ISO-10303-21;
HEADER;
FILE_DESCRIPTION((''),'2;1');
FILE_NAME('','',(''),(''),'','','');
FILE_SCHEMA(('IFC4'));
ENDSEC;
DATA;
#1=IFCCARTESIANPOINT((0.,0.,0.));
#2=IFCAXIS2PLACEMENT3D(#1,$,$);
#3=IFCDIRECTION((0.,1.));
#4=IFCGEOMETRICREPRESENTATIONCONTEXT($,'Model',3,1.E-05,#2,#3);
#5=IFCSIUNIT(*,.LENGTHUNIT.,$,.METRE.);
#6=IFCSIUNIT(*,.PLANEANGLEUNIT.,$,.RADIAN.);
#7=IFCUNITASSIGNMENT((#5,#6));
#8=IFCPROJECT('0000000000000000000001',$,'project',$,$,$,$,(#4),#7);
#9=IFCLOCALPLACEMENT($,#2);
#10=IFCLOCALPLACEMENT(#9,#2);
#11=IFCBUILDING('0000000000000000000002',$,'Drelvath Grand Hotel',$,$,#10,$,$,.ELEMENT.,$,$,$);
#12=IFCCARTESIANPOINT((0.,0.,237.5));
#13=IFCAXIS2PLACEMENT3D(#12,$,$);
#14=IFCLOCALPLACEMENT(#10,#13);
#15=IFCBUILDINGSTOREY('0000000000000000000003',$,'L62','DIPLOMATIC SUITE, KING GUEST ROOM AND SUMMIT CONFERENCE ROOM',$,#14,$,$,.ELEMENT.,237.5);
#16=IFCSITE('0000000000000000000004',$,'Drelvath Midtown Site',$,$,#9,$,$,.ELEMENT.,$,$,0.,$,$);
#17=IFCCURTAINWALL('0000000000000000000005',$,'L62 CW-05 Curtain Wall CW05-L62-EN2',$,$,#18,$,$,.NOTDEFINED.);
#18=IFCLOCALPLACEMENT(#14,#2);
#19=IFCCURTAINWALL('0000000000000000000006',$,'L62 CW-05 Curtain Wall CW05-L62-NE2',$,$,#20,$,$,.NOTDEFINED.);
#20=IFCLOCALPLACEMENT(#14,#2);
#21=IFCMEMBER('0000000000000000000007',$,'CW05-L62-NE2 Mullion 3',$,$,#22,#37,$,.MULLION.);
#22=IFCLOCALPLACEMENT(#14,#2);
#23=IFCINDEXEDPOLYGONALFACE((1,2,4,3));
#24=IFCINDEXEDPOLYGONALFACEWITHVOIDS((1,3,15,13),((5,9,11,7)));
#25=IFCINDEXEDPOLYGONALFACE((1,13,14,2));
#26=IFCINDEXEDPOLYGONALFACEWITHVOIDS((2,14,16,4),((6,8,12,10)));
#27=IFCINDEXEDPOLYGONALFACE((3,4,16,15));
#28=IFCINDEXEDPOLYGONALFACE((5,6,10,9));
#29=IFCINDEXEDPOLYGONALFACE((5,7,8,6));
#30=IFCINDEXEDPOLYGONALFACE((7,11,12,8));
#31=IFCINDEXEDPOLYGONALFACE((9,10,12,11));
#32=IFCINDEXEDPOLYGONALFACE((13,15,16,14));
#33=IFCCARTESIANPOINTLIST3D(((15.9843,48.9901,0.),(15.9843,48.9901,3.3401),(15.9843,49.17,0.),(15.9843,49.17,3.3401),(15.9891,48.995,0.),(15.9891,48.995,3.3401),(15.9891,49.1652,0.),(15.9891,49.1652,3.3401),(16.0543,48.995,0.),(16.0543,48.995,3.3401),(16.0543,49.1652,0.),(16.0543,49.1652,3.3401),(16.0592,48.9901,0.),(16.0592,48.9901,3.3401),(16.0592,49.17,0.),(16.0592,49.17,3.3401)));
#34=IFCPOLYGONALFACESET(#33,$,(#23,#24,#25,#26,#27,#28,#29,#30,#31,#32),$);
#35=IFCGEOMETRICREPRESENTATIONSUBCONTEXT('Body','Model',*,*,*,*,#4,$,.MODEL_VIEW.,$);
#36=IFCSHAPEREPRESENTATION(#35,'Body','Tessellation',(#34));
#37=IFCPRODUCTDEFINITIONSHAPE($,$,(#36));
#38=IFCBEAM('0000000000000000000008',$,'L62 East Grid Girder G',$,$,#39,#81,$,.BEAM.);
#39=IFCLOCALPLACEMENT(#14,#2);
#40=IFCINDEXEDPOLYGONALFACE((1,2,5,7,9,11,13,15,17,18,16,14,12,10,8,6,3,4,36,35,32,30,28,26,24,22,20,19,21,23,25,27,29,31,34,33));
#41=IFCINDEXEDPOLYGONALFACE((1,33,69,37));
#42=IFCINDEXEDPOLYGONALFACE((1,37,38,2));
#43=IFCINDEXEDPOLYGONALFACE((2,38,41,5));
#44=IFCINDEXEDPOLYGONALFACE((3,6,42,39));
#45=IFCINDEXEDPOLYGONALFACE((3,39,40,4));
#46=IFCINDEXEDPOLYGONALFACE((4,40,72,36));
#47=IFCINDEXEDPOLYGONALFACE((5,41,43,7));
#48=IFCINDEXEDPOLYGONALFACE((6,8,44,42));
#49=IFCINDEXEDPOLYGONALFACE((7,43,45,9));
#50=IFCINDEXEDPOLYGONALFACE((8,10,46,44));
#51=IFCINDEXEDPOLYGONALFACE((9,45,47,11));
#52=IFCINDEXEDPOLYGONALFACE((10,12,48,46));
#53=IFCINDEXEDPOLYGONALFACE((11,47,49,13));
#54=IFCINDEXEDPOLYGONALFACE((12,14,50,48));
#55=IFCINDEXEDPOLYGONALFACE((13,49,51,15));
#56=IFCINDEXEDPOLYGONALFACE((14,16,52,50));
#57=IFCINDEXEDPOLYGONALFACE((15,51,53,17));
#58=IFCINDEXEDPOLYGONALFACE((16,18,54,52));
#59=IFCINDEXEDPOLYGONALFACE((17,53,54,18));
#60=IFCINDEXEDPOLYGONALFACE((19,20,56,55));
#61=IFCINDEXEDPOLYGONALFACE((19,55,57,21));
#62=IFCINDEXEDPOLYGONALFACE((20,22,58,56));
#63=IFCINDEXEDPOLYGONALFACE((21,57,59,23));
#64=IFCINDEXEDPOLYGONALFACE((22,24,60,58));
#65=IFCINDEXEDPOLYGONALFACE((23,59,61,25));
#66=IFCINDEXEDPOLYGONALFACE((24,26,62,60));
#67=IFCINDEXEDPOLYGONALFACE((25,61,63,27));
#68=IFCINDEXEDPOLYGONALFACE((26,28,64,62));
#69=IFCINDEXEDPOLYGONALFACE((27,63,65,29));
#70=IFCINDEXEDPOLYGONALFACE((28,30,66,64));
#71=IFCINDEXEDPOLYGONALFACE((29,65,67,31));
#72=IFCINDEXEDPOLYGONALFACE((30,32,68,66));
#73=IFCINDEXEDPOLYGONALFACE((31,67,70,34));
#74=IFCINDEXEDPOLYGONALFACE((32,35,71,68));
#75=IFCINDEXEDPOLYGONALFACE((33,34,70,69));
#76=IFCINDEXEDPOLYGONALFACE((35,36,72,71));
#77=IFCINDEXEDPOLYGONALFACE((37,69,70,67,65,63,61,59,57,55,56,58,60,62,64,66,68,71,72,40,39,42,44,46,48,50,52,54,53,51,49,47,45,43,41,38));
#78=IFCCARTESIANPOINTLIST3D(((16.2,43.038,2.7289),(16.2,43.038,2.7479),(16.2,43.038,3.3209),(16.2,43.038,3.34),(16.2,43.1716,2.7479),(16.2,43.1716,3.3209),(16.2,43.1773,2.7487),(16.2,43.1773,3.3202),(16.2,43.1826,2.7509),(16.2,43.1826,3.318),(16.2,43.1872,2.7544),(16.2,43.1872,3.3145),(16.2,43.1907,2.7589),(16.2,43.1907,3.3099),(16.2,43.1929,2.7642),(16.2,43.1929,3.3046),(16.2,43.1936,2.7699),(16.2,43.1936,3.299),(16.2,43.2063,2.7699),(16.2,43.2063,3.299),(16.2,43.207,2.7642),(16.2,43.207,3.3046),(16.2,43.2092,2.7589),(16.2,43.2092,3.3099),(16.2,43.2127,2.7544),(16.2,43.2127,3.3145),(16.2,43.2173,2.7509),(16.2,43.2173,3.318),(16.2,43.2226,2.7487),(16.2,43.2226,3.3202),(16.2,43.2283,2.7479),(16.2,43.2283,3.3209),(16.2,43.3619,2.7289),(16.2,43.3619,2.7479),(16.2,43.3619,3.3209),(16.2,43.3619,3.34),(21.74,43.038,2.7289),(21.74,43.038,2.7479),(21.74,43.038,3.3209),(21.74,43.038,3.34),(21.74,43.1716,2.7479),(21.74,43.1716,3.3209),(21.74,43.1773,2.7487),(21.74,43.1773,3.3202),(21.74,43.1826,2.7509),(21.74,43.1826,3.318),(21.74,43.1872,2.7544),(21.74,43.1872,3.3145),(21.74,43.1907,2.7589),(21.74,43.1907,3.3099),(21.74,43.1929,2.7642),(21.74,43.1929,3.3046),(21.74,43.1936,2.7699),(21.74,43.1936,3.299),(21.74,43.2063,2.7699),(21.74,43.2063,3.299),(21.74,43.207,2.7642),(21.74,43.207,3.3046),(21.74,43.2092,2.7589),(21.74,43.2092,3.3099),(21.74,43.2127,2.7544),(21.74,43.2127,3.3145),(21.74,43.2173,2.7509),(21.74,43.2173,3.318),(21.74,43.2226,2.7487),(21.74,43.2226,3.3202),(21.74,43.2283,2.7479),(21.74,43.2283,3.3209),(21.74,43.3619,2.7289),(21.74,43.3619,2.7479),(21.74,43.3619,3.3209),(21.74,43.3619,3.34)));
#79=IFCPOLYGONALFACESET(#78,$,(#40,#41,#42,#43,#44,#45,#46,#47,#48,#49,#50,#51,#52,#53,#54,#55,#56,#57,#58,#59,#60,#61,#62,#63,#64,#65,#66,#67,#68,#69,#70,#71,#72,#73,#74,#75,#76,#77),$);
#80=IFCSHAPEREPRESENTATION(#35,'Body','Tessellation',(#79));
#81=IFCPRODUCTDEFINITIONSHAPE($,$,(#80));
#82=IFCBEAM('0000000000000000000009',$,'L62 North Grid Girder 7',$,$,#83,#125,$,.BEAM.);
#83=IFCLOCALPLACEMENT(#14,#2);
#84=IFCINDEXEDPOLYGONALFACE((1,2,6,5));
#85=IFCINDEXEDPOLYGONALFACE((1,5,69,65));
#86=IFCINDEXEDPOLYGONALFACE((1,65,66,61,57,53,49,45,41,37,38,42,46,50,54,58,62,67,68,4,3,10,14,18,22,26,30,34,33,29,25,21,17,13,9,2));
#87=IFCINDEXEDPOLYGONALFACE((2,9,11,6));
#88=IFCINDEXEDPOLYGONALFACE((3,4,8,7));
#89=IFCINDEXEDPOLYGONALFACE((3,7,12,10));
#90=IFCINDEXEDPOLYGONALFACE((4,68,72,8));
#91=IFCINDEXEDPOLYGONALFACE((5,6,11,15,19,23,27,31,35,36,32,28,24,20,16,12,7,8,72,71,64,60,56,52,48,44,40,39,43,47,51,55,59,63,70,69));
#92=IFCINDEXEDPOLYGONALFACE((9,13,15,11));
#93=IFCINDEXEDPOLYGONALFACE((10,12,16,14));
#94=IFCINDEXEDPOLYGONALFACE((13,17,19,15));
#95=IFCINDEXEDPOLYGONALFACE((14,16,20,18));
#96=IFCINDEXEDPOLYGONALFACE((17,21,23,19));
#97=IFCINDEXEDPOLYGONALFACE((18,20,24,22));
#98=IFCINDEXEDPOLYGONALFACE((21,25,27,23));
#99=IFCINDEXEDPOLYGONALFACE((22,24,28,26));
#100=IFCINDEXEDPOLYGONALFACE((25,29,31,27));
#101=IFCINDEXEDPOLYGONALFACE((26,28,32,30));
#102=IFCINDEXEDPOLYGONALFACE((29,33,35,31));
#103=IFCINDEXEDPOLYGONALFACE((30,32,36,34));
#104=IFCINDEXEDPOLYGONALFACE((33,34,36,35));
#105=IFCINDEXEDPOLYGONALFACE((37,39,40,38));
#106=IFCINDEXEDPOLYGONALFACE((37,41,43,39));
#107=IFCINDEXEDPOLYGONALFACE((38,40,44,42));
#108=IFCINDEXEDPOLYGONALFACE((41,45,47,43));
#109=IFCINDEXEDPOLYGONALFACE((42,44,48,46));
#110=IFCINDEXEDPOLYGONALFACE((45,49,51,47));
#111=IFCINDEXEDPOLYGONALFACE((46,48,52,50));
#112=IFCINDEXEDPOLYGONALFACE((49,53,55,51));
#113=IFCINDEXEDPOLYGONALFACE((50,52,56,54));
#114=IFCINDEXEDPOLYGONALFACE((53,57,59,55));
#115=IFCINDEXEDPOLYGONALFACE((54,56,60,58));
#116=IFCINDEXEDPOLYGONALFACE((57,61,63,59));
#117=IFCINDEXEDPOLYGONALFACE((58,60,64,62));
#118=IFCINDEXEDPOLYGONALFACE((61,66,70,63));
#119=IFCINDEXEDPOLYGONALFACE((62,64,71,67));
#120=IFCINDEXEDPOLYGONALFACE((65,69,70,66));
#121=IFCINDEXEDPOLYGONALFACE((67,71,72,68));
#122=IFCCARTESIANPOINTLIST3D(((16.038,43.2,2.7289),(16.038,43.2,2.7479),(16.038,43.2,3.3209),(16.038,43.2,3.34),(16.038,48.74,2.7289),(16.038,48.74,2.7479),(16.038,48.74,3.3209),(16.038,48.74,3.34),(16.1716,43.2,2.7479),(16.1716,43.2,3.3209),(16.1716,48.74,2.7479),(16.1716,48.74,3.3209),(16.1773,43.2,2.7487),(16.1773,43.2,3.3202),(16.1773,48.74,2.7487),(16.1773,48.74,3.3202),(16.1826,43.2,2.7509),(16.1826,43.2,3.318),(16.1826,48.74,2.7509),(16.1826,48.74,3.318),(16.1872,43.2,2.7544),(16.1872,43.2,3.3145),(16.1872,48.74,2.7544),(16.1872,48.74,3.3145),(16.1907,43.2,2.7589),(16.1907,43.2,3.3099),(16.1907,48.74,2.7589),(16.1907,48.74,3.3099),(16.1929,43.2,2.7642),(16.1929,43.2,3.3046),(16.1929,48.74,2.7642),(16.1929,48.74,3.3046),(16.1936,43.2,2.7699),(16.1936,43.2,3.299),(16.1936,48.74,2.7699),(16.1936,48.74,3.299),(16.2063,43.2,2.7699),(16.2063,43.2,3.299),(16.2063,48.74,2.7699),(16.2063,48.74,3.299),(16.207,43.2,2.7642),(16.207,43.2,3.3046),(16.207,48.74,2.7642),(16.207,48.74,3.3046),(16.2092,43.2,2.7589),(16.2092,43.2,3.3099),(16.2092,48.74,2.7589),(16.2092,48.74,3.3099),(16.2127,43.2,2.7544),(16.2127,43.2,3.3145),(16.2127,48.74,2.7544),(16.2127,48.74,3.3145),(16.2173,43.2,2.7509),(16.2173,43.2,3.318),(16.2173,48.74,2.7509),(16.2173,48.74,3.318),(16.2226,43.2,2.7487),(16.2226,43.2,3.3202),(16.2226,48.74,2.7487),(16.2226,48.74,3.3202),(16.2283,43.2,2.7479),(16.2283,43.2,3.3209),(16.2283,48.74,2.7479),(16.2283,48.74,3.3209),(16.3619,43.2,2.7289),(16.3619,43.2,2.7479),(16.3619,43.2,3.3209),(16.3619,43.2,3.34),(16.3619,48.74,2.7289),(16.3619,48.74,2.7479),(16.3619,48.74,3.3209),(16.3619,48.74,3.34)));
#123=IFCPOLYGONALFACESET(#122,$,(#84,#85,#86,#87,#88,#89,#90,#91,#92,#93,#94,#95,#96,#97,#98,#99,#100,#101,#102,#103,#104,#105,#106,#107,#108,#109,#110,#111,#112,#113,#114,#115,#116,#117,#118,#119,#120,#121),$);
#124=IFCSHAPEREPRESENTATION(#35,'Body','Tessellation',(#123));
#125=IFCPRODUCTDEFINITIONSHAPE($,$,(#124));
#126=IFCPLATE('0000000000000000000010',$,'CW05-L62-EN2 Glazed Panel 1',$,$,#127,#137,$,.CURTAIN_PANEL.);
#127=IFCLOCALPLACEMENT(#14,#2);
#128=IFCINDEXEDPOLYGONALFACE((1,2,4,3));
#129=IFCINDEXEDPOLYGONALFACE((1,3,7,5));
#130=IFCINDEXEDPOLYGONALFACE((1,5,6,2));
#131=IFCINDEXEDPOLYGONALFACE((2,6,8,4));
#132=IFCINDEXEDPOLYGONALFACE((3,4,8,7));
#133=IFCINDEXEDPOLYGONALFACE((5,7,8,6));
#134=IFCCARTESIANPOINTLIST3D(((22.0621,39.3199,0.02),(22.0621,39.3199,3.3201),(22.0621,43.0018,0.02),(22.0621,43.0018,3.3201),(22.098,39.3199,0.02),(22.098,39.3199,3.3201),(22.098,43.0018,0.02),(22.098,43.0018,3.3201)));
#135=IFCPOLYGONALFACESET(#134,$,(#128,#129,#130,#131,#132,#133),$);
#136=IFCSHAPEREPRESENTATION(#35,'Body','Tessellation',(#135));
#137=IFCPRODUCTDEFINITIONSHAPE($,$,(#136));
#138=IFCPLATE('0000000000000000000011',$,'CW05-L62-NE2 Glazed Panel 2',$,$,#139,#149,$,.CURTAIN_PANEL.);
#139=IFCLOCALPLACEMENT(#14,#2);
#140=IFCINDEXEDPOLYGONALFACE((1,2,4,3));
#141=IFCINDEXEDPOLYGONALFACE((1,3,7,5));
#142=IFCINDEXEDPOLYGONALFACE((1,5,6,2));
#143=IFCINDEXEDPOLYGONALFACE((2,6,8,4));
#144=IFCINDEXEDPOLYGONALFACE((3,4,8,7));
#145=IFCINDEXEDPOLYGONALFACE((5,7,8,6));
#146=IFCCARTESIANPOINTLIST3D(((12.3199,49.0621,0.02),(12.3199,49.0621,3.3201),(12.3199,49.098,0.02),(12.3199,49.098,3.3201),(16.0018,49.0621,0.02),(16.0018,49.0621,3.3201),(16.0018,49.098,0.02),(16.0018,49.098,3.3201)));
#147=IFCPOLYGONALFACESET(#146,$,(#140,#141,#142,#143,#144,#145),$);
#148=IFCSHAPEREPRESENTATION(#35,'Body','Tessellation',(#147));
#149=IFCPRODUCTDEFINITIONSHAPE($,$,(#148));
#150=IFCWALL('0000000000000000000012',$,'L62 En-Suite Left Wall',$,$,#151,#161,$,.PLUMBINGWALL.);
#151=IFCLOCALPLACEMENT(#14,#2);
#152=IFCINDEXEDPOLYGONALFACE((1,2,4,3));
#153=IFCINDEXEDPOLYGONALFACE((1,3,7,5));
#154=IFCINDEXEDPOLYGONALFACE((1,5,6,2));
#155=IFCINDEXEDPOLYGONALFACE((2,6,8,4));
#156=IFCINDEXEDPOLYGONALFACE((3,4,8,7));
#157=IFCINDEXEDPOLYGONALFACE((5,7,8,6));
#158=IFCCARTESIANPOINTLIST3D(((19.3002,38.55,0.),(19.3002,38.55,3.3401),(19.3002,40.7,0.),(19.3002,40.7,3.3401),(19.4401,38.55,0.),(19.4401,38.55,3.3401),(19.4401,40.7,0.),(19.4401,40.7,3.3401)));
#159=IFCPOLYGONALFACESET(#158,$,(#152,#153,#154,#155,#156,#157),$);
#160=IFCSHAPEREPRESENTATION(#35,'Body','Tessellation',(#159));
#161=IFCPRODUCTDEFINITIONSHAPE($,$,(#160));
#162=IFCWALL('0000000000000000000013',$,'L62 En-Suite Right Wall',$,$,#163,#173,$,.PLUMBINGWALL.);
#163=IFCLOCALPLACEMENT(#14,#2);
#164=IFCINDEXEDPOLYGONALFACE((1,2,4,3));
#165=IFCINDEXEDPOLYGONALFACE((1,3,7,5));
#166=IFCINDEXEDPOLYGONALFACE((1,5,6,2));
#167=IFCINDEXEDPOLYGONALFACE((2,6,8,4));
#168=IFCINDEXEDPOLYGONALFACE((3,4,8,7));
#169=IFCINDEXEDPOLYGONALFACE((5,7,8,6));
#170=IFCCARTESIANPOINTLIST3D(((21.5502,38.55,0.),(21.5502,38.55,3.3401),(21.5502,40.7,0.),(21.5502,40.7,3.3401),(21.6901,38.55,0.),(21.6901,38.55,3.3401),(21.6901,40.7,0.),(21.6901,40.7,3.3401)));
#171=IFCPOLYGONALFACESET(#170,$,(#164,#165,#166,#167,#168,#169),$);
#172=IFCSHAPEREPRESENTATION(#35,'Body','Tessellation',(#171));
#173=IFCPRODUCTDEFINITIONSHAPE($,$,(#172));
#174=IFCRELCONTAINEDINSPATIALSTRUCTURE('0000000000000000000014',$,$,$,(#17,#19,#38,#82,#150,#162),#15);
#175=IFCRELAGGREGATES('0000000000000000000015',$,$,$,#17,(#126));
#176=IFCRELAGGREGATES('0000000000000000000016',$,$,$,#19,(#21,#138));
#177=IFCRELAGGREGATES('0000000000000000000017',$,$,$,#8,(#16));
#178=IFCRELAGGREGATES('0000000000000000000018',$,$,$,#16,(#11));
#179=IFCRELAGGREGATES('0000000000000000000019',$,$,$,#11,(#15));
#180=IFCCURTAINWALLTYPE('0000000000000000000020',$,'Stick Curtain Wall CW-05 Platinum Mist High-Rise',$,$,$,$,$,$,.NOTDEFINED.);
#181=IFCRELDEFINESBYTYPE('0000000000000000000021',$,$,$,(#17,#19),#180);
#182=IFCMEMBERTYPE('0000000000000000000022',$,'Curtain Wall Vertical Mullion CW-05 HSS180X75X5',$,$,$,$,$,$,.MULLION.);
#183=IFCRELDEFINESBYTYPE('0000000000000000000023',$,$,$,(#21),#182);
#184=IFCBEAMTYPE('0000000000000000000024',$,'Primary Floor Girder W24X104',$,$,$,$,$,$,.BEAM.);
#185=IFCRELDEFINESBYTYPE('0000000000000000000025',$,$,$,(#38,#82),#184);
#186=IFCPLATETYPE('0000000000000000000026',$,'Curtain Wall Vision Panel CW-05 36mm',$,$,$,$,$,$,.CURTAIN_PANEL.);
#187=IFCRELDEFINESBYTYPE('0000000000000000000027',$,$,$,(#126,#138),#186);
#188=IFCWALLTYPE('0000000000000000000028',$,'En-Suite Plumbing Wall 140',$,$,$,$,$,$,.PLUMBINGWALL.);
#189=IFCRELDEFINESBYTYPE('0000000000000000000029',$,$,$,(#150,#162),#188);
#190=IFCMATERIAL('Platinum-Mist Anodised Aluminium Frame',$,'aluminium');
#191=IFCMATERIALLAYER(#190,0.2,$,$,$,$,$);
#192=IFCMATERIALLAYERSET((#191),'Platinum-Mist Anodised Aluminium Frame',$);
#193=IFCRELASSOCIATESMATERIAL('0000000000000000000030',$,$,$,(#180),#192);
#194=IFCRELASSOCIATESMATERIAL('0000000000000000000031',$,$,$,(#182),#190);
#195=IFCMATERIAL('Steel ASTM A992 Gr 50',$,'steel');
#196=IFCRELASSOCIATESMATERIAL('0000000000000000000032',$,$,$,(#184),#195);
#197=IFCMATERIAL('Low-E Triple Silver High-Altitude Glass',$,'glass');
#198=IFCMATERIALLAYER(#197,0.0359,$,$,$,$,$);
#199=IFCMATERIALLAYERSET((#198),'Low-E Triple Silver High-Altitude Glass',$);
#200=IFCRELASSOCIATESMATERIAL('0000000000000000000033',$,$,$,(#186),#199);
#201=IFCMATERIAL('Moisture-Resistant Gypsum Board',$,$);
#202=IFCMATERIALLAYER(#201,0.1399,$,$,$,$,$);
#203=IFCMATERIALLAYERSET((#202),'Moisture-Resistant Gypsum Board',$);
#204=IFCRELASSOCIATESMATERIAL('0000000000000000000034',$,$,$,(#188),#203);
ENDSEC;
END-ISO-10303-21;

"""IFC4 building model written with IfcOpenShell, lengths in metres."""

from ifc_helpers import new_model, si_unit, direction, frame, frame_2d, origin, origin_2d, place, context, subcontext, project, spatial, rectangle, hollow_rectangle, i_section, extrude, material, layer, layer_set, material_profile, profile_set, type_object, element, aggregate, save


model = new_model("IFC4")

# Units and contexts
model_context = context("Model", 3, precision=1e-05, world=origin(), true_north=direction((0.0, 1.0)))
body_context = subcontext(model_context, "Body", "Model", "MODEL_VIEW")
ifc_project = project(units=[si_unit("LENGTHUNIT", "METRE"), si_unit("PLANEANGLEUNIT", "RADIAN")], contexts=[model_context])

# Site, building, storey
site_placement = place(None, origin())
site = spatial("IfcSite", under=ifc_project, at=site_placement, Name="Drelvath Midtown Site", CompositionType="ELEMENT", RefElevation=0.0)
building_placement = place(site_placement, origin())
building = spatial("IfcBuilding", under=site, at=building_placement, Name="Drelvath Grand Hotel", CompositionType="ELEMENT")
storey_placement = place(building_placement, frame((0.0, 0.0, 237.5)))
storey = spatial("IfcBuildingStorey", under=building, at=storey_placement, Name="L62", Description="DIPLOMATIC SUITE, KING GUEST ROOM AND SUMMIT CONFERENCE ROOM", CompositionType="ELEMENT", Elevation=237.5)

# Curtain walls, member
ifc_material_1 = material(Name="Platinum-Mist Anodised Aluminium Frame", Category="aluminium")
ifc_layer_1 = layer(ifc_material_1, 0.2)
ifc_layer_set_1 = layer_set([ifc_layer_1], Name="Platinum-Mist Anodised Aluminium Frame")
curtain_wall_type = type_object("IfcCurtainWallType", Name="Stick Curtain Wall CW-05 Platinum Mist High-Rise", PredefinedType="NOTDEFINED", material=ifc_layer_set_1)
curtain_wall_1_placement = place(storey_placement, origin())
curtain_wall_1 = element("IfcCurtainWall", 1, at=curtain_wall_1_placement, inside=storey, type_object=curtain_wall_type, Name="L62 CW-05 Curtain Wall CW05-L62-EN2", PredefinedType="NOTDEFINED")
ifc_material_profile_1 = material_profile(ifc_material_1, hollow_rectangle(XDim=0.075, YDim=0.1799, WallThickness=0.0049, at=origin_2d()), Name="HSS180X75X5")
ifc_profile_set_1 = profile_set([ifc_material_profile_1], Name="Platinum-Mist Anodised Aluminium Frame")
member_type_1 = type_object("IfcMemberType", Name="Curtain Wall Vertical Mullion CW-05 HSS180X75X5", PredefinedType="MULLION", material=ifc_profile_set_1)
curtain_wall_2_placement = place(storey_placement, origin())
curtain_wall_2 = element("IfcCurtainWall", 2, at=curtain_wall_2_placement, inside=storey, type_object=curtain_wall_type, Name="L62 CW-05 Curtain Wall CW05-L62-NE2", PredefinedType="NOTDEFINED")
member_1_placement = place(storey_placement, frame((16.0217, 49.0801, 0.0), z_axis=(0.0, 0.0, 1.0), x_axis=(1.0, 0.0, 0.0)))
member_1 = element("IfcMember", 3, at=member_1_placement, type_object=member_type_1, Name="CW05-L62-NE2 Mullion 3", PredefinedType="MULLION", context=body_context, shape_type="SweptSolid", body=[
    extrude(hollow_rectangle(XDim=0.075, YDim=0.1799, WallThickness=0.0049, at=origin_2d()), origin(), (0.0, 0.0, 1.0), 3.3401),
])

# Beams
ifc_material_2 = material(Name="Steel ASTM A992 Gr 50", Category="steel")
ifc_material_profile_2 = material_profile(ifc_material_2, i_section(OverallWidth=0.324, OverallDepth=0.6111, WebThickness=0.0127, FlangeThickness=0.019, FilletRadius=0.022, at=origin_2d()), Name="W24X104")
ifc_profile_set_2 = profile_set([ifc_material_profile_2], Name="Steel ASTM A992 Gr 50")
beam_type = type_object("IfcBeamType", Name="Primary Floor Girder W24X104", PredefinedType="BEAM", material=ifc_profile_set_2)
for number, where, z_axis, x_axis, name in (
    (4, (16.2, 43.2, 3.0344), (1.0, 0.0, 0.0), (0.0, 1.0, 0.0), "L62 East Grid Girder G"),
    (5, (16.2, 43.2, 3.0344), (0.0, 1.0, 0.0), (-1.0, 0.0, 0.0), "L62 North Grid Girder 7"),
):
    element("IfcBeam", number, at=place(storey_placement, frame(where, z_axis=z_axis, x_axis=x_axis)), inside=storey, type_object=beam_type, Name=name, PredefinedType="BEAM", context=body_context, shape_type="SweptSolid", body=[
        extrude(i_section(OverallWidth=0.324, OverallDepth=0.6111, WebThickness=0.0127, FlangeThickness=0.019, FilletRadius=0.022, at=origin_2d()), origin(), (0.0, 0.0, 1.0), 5.54),
    ])

# Plates
ifc_material_3 = material(Name="Low-E Triple Silver High-Altitude Glass", Category="glass")
ifc_layer_2 = layer(ifc_material_3, 0.0359)
ifc_layer_set_2 = layer_set([ifc_layer_2], Name="Low-E Triple Silver High-Altitude Glass")
plate_type = type_object("IfcPlateType", Name="Curtain Wall Vision Panel CW-05 36mm", PredefinedType="CURTAIN_PANEL", material=ifc_layer_set_2)
plate_1_placement = place(storey_placement, frame((22.0801, 41.1609, 0.02), z_axis=(0.0, 0.0, 1.0), x_axis=(0.0, -1.0, 0.0)))
plate_1 = element("IfcPlate", 6, at=plate_1_placement, type_object=plate_type, Name="CW05-L62-EN2 Glazed Panel 1", PredefinedType="CURTAIN_PANEL", context=body_context, shape_type="SweptSolid", body=[
    extrude(rectangle(XDim=3.6819, YDim=0.0359, at=origin_2d()), origin(), (0.0, 0.0, 1.0), 3.3),
])
aggregate(curtain_wall_1, [plate_1])
plate_2_placement = place(storey_placement, frame((14.1609, 49.0801, 0.02), z_axis=(0.0, 0.0, 1.0), x_axis=(1.0, 0.0, 0.0)))
plate_2 = element("IfcPlate", 7, at=plate_2_placement, type_object=plate_type, Name="CW05-L62-NE2 Glazed Panel 2", PredefinedType="CURTAIN_PANEL", context=body_context, shape_type="SweptSolid", body=[
    extrude(rectangle(XDim=3.6819, YDim=0.0359, at=origin_2d()), origin(), (0.0, 0.0, 1.0), 3.3),
])
aggregate(curtain_wall_2, [member_1, plate_2])

# Walls
ifc_material_4 = material(Name="Moisture-Resistant Gypsum Board")
ifc_layer_3 = layer(ifc_material_4, 0.1399)
ifc_layer_set_3 = layer_set([ifc_layer_3], Name="Moisture-Resistant Gypsum Board")
wall_type_1 = type_object("IfcWallType", Name="En-Suite Plumbing Wall 140", PredefinedType="PLUMBINGWALL", material=ifc_layer_set_3)
for number, where, z_axis, x_axis, name in (
    (8, (19.3701, 38.55, 0.0), (0.0, 0.0, 1.0), (0.0, 1.0, 0.0), "L62 En-Suite Left Wall"),
    (9, (21.6201, 38.55, 0.0), (0.0, 0.0, 1.0), (0.0, 1.0, 0.0), "L62 En-Suite Right Wall"),
):
    element("IfcWall", number, at=place(storey_placement, frame(where, z_axis=z_axis, x_axis=x_axis)), inside=storey, type_object=wall_type_1, Name=name, PredefinedType="PLUMBINGWALL", context=body_context, shape_type="SweptSolid", body=[
        extrude(rectangle(XDim=2.1499, YDim=0.1399, at=frame_2d((1.075, 0.0))), origin(), (0.0, 0.0, 1.0), 3.3401),
    ])

save(model, "model.ifc")
